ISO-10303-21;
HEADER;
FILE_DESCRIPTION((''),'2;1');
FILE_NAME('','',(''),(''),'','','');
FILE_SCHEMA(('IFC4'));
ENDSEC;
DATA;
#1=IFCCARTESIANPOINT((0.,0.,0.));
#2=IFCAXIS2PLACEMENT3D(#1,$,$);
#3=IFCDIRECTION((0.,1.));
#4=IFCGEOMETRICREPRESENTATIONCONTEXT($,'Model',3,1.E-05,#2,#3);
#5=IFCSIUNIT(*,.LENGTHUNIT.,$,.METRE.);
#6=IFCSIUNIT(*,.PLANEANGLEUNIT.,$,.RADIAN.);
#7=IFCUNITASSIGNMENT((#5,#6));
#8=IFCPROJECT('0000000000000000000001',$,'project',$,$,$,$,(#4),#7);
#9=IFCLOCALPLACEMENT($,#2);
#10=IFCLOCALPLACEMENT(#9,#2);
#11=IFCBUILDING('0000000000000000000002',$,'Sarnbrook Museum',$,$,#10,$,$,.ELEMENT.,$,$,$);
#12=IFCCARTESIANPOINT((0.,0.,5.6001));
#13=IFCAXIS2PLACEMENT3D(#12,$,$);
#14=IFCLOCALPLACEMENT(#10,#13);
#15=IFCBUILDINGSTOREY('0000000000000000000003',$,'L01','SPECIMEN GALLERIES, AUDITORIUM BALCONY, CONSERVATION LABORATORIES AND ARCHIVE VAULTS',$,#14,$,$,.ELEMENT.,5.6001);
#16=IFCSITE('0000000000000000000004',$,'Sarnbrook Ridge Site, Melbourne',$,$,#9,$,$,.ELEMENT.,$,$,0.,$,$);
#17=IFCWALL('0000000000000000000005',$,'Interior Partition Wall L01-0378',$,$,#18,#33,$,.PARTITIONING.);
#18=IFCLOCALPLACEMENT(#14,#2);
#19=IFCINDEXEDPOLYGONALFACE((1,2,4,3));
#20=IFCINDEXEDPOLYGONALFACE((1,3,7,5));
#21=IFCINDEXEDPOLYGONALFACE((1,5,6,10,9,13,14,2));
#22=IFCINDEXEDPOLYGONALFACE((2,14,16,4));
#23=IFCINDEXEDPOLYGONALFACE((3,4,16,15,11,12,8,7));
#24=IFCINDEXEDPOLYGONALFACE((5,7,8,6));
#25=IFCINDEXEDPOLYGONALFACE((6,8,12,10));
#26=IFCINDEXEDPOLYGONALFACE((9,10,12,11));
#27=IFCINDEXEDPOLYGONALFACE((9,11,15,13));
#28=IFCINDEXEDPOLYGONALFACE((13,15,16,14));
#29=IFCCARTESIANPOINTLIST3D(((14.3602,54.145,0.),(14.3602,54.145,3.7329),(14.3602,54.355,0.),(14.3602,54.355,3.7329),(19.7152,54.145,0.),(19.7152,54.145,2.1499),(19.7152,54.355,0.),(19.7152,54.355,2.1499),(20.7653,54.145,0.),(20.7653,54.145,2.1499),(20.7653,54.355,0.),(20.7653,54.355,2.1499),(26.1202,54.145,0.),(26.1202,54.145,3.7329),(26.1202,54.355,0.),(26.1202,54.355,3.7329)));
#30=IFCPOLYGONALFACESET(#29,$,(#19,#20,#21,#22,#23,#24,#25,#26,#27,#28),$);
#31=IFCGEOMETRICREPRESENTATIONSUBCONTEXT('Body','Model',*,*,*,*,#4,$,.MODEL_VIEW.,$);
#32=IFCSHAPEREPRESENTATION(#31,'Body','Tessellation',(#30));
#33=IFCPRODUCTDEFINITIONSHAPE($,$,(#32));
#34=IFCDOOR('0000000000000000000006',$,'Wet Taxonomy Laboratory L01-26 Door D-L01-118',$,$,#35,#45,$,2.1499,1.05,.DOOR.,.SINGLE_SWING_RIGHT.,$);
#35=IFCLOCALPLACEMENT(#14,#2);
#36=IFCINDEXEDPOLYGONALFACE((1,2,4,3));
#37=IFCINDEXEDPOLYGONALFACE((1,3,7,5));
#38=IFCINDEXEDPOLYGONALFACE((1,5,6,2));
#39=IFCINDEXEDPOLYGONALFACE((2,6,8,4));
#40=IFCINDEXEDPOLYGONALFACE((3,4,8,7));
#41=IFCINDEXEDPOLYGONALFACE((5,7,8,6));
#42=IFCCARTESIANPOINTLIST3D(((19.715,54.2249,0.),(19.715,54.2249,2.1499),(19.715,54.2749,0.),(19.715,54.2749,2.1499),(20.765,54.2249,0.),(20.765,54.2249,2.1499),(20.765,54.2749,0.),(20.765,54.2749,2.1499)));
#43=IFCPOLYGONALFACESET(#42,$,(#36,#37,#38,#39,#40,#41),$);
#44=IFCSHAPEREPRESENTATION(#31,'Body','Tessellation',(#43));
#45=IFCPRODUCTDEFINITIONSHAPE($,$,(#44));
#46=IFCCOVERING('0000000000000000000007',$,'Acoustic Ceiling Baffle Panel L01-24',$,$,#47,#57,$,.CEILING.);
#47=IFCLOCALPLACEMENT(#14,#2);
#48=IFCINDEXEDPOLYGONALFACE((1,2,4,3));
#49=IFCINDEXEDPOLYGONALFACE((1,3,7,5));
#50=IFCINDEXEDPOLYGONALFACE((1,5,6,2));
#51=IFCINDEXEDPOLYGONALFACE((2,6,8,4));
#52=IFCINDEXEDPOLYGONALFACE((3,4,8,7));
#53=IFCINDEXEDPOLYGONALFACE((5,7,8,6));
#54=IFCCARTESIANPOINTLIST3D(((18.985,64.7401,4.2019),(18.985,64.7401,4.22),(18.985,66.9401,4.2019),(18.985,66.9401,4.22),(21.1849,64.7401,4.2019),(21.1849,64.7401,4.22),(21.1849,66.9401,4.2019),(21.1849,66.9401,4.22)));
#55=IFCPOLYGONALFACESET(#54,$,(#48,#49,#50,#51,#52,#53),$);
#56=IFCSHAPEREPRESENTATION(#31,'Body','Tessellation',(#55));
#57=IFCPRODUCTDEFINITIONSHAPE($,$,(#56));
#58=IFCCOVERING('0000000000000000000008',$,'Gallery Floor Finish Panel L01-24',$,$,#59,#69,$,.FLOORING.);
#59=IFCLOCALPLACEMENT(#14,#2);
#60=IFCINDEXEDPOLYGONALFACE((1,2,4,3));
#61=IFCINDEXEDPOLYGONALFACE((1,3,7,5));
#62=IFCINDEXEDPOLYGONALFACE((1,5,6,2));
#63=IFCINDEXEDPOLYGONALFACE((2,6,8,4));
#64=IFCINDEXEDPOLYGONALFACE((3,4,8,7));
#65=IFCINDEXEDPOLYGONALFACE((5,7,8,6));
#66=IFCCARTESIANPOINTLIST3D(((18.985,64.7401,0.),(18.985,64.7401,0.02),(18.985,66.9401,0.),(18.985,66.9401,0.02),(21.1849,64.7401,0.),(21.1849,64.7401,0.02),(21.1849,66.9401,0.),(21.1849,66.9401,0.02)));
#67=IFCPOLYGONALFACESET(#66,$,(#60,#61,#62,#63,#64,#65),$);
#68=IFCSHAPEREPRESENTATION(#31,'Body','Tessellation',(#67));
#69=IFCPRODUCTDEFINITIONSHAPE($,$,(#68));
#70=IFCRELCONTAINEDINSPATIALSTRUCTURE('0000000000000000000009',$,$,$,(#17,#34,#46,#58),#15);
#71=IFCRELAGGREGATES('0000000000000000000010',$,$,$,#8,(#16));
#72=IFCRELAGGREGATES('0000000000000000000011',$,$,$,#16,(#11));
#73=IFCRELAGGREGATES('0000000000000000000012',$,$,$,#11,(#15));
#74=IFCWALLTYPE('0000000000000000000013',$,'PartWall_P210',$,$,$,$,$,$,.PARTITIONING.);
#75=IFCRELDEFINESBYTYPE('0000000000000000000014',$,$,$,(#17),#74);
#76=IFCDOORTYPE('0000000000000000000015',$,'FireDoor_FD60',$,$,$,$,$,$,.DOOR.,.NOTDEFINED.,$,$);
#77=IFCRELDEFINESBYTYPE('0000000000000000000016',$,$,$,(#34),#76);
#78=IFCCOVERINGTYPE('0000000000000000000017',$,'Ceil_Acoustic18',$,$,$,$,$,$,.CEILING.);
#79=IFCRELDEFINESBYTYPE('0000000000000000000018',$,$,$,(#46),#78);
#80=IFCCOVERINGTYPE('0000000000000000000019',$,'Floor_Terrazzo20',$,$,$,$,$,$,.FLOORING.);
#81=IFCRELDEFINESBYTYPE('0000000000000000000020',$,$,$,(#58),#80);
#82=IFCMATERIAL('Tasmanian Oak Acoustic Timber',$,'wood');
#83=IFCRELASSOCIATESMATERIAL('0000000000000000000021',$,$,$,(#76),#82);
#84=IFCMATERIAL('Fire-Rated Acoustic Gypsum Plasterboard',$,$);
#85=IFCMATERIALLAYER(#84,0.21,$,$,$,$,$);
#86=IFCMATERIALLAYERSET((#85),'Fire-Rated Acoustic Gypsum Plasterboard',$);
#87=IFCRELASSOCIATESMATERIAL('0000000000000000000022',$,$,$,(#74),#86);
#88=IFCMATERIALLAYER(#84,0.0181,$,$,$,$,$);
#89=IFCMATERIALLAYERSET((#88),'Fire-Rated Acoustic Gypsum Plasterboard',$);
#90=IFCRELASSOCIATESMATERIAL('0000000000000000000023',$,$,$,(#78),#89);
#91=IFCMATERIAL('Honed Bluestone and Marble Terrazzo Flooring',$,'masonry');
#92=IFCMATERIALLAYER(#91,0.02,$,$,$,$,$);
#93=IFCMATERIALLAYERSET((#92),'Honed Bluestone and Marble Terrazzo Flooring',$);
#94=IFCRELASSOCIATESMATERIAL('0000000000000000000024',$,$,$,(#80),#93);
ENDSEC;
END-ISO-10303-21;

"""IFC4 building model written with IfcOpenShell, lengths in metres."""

from ifc_helpers import new_model, si_unit, direction, frame, frame_2d, origin, origin_2d, place, context, subcontext, project, spatial, rectangle, extrude, material, layer, layer_set, type_object, element, fill, save


model = new_model("IFC4")

# Units and contexts
model_context = context("Model", 3, precision=1e-05, world=origin(), true_north=direction((0.0, 1.0)))
body_context = subcontext(model_context, "Body", "Model", "MODEL_VIEW")
ifc_project = project(units=[si_unit("LENGTHUNIT", "METRE"), si_unit("PLANEANGLEUNIT", "RADIAN")], contexts=[model_context])

# Site, building, storey
site_placement = place(None, origin())
site = spatial("IfcSite", under=ifc_project, at=site_placement, Name="Sarnbrook Ridge Site, Melbourne", CompositionType="ELEMENT", RefElevation=0.0)
building_placement = place(site_placement, origin())
building = spatial("IfcBuilding", under=site, at=building_placement, Name="Sarnbrook Museum", CompositionType="ELEMENT")
storey_placement = place(building_placement, frame((0.0, 0.0, 5.6001)))
storey = spatial("IfcBuildingStorey", under=building, at=storey_placement, Name="L01", Description="SPECIMEN GALLERIES, AUDITORIUM BALCONY, CONSERVATION LABORATORIES AND ARCHIVE VAULTS", CompositionType="ELEMENT", Elevation=5.6001)

# Shared definitions
ifc_material_1 = material(Name="Tasmanian Oak Acoustic Timber", Category="wood")

# Shared definitions
ifc_material_2 = material(Name="Fire-Rated Acoustic Gypsum Plasterboard")

# Wall, opening, door
door_type_1 = type_object("IfcDoorType", Name="FireDoor_FD60", OperationType="NOTDEFINED", PredefinedType="DOOR", material=ifc_material_1)
ifc_layer_1 = layer(ifc_material_2, 0.21)
ifc_layer_set_1 = layer_set([ifc_layer_1], Name="Fire-Rated Acoustic Gypsum Plasterboard")
wall_type_1 = type_object("IfcWallType", Name="PartWall_P210", PredefinedType="PARTITIONING", material=ifc_layer_set_1)
wall_1_placement = place(storey_placement, frame((26.1201, 54.25, 0.0), z_axis=(0.0, 0.0, 1.0), x_axis=(-1.0, 0.0, 0.0)))
wall_1 = element("IfcWall", 1, at=wall_1_placement, inside=storey, type_object=wall_type_1, Name="Interior Partition Wall L01-0378", PredefinedType="PARTITIONING", context=body_context, shape_type="SweptSolid", body=[
    extrude(rectangle(XDim=11.76, YDim=0.21, at=frame_2d((5.8799, 0.0))), origin(), (0.0, 0.0, 1.0), 3.7329),
])
opening_1_placement = place(wall_1_placement, frame((5.355, 0.0, 0.0)))
opening_1 = element("IfcOpeningElement", 2, at=opening_1_placement, cuts=wall_1, PredefinedType="OPENING", context=body_context, shape_type="SweptSolid", body=[
    extrude(rectangle(XDim=1.05, YDim=2.1499, at=frame_2d((0.5249, 1.075))), frame((0.0, 0.115, 0.0), z_axis=(0.0, -1.0, 0.0), x_axis=(1.0, 0.0, 0.0)), (0.0, 0.0, 1.0), 0.23),
])
door_1_placement = place(opening_1_placement, frame((1.05, 0.0, 0.0), z_axis=(0.0, 0.0, 1.0), x_axis=(-1.0, 0.0, 0.0)))
door_1 = element("IfcDoor", 3, at=door_1_placement, inside=storey, type_object=door_type_1, Name="Wet Taxonomy Laboratory L01-26 Door D-L01-118", OperationType="SINGLE_SWING_RIGHT", OverallHeight=2.1499, OverallWidth=1.05, PredefinedType="DOOR", context=body_context, shape_type="SweptSolid", body=[
    extrude(rectangle(XDim=1.05, YDim=2.1499, at=frame_2d((0.5249, 1.075))), frame((0.0, 0.0249, 0.0), z_axis=(0.0, -1.0, 0.0), x_axis=(1.0, 0.0, 0.0)), (0.0, 0.0, 1.0), 0.05),
])
fill(opening_1, door_1)

# Coverings
ifc_layer_2 = layer(ifc_material_2, 0.0181)
ifc_layer_set_2 = layer_set([ifc_layer_2], Name="Fire-Rated Acoustic Gypsum Plasterboard")
covering_type_1 = type_object("IfcCoveringType", Name="Ceil_Acoustic18", PredefinedType="CEILING", material=ifc_layer_set_2)
covering_1_placement = place(storey_placement, frame((20.085, 65.8401, 4.2019), z_axis=(0.0, 0.0, 1.0), x_axis=(1.0, 0.0, 0.0)))
element("IfcCovering", 4, at=covering_1_placement, inside=storey, type_object=covering_type_1, Name="Acoustic Ceiling Baffle Panel L01-24", PredefinedType="CEILING", context=body_context, shape_type="SweptSolid", body=[
    extrude(rectangle(XDim=2.2, YDim=2.2, at=origin_2d()), origin(), (0.0, 0.0, 1.0), 0.0181),
])
ifc_material_3 = material(Name="Honed Bluestone and Marble Terrazzo Flooring", Category="masonry")
ifc_layer_3 = layer(ifc_material_3, 0.02)
ifc_layer_set_3 = layer_set([ifc_layer_3], Name="Honed Bluestone and Marble Terrazzo Flooring")
covering_type_2 = type_object("IfcCoveringType", Name="Floor_Terrazzo20", PredefinedType="FLOORING", material=ifc_layer_set_3)
covering_2_placement = place(storey_placement, frame((20.085, 65.8401, 0.0), z_axis=(0.0, 0.0, 1.0), x_axis=(1.0, 0.0, 0.0)))
element("IfcCovering", 5, at=covering_2_placement, inside=storey, type_object=covering_type_2, Name="Gallery Floor Finish Panel L01-24", PredefinedType="FLOORING", context=body_context, shape_type="SweptSolid", body=[
    extrude(rectangle(XDim=2.2, YDim=2.2, at=origin_2d()), origin(), (0.0, 0.0, 1.0), 0.02),
])

save(model, "model.ifc")
